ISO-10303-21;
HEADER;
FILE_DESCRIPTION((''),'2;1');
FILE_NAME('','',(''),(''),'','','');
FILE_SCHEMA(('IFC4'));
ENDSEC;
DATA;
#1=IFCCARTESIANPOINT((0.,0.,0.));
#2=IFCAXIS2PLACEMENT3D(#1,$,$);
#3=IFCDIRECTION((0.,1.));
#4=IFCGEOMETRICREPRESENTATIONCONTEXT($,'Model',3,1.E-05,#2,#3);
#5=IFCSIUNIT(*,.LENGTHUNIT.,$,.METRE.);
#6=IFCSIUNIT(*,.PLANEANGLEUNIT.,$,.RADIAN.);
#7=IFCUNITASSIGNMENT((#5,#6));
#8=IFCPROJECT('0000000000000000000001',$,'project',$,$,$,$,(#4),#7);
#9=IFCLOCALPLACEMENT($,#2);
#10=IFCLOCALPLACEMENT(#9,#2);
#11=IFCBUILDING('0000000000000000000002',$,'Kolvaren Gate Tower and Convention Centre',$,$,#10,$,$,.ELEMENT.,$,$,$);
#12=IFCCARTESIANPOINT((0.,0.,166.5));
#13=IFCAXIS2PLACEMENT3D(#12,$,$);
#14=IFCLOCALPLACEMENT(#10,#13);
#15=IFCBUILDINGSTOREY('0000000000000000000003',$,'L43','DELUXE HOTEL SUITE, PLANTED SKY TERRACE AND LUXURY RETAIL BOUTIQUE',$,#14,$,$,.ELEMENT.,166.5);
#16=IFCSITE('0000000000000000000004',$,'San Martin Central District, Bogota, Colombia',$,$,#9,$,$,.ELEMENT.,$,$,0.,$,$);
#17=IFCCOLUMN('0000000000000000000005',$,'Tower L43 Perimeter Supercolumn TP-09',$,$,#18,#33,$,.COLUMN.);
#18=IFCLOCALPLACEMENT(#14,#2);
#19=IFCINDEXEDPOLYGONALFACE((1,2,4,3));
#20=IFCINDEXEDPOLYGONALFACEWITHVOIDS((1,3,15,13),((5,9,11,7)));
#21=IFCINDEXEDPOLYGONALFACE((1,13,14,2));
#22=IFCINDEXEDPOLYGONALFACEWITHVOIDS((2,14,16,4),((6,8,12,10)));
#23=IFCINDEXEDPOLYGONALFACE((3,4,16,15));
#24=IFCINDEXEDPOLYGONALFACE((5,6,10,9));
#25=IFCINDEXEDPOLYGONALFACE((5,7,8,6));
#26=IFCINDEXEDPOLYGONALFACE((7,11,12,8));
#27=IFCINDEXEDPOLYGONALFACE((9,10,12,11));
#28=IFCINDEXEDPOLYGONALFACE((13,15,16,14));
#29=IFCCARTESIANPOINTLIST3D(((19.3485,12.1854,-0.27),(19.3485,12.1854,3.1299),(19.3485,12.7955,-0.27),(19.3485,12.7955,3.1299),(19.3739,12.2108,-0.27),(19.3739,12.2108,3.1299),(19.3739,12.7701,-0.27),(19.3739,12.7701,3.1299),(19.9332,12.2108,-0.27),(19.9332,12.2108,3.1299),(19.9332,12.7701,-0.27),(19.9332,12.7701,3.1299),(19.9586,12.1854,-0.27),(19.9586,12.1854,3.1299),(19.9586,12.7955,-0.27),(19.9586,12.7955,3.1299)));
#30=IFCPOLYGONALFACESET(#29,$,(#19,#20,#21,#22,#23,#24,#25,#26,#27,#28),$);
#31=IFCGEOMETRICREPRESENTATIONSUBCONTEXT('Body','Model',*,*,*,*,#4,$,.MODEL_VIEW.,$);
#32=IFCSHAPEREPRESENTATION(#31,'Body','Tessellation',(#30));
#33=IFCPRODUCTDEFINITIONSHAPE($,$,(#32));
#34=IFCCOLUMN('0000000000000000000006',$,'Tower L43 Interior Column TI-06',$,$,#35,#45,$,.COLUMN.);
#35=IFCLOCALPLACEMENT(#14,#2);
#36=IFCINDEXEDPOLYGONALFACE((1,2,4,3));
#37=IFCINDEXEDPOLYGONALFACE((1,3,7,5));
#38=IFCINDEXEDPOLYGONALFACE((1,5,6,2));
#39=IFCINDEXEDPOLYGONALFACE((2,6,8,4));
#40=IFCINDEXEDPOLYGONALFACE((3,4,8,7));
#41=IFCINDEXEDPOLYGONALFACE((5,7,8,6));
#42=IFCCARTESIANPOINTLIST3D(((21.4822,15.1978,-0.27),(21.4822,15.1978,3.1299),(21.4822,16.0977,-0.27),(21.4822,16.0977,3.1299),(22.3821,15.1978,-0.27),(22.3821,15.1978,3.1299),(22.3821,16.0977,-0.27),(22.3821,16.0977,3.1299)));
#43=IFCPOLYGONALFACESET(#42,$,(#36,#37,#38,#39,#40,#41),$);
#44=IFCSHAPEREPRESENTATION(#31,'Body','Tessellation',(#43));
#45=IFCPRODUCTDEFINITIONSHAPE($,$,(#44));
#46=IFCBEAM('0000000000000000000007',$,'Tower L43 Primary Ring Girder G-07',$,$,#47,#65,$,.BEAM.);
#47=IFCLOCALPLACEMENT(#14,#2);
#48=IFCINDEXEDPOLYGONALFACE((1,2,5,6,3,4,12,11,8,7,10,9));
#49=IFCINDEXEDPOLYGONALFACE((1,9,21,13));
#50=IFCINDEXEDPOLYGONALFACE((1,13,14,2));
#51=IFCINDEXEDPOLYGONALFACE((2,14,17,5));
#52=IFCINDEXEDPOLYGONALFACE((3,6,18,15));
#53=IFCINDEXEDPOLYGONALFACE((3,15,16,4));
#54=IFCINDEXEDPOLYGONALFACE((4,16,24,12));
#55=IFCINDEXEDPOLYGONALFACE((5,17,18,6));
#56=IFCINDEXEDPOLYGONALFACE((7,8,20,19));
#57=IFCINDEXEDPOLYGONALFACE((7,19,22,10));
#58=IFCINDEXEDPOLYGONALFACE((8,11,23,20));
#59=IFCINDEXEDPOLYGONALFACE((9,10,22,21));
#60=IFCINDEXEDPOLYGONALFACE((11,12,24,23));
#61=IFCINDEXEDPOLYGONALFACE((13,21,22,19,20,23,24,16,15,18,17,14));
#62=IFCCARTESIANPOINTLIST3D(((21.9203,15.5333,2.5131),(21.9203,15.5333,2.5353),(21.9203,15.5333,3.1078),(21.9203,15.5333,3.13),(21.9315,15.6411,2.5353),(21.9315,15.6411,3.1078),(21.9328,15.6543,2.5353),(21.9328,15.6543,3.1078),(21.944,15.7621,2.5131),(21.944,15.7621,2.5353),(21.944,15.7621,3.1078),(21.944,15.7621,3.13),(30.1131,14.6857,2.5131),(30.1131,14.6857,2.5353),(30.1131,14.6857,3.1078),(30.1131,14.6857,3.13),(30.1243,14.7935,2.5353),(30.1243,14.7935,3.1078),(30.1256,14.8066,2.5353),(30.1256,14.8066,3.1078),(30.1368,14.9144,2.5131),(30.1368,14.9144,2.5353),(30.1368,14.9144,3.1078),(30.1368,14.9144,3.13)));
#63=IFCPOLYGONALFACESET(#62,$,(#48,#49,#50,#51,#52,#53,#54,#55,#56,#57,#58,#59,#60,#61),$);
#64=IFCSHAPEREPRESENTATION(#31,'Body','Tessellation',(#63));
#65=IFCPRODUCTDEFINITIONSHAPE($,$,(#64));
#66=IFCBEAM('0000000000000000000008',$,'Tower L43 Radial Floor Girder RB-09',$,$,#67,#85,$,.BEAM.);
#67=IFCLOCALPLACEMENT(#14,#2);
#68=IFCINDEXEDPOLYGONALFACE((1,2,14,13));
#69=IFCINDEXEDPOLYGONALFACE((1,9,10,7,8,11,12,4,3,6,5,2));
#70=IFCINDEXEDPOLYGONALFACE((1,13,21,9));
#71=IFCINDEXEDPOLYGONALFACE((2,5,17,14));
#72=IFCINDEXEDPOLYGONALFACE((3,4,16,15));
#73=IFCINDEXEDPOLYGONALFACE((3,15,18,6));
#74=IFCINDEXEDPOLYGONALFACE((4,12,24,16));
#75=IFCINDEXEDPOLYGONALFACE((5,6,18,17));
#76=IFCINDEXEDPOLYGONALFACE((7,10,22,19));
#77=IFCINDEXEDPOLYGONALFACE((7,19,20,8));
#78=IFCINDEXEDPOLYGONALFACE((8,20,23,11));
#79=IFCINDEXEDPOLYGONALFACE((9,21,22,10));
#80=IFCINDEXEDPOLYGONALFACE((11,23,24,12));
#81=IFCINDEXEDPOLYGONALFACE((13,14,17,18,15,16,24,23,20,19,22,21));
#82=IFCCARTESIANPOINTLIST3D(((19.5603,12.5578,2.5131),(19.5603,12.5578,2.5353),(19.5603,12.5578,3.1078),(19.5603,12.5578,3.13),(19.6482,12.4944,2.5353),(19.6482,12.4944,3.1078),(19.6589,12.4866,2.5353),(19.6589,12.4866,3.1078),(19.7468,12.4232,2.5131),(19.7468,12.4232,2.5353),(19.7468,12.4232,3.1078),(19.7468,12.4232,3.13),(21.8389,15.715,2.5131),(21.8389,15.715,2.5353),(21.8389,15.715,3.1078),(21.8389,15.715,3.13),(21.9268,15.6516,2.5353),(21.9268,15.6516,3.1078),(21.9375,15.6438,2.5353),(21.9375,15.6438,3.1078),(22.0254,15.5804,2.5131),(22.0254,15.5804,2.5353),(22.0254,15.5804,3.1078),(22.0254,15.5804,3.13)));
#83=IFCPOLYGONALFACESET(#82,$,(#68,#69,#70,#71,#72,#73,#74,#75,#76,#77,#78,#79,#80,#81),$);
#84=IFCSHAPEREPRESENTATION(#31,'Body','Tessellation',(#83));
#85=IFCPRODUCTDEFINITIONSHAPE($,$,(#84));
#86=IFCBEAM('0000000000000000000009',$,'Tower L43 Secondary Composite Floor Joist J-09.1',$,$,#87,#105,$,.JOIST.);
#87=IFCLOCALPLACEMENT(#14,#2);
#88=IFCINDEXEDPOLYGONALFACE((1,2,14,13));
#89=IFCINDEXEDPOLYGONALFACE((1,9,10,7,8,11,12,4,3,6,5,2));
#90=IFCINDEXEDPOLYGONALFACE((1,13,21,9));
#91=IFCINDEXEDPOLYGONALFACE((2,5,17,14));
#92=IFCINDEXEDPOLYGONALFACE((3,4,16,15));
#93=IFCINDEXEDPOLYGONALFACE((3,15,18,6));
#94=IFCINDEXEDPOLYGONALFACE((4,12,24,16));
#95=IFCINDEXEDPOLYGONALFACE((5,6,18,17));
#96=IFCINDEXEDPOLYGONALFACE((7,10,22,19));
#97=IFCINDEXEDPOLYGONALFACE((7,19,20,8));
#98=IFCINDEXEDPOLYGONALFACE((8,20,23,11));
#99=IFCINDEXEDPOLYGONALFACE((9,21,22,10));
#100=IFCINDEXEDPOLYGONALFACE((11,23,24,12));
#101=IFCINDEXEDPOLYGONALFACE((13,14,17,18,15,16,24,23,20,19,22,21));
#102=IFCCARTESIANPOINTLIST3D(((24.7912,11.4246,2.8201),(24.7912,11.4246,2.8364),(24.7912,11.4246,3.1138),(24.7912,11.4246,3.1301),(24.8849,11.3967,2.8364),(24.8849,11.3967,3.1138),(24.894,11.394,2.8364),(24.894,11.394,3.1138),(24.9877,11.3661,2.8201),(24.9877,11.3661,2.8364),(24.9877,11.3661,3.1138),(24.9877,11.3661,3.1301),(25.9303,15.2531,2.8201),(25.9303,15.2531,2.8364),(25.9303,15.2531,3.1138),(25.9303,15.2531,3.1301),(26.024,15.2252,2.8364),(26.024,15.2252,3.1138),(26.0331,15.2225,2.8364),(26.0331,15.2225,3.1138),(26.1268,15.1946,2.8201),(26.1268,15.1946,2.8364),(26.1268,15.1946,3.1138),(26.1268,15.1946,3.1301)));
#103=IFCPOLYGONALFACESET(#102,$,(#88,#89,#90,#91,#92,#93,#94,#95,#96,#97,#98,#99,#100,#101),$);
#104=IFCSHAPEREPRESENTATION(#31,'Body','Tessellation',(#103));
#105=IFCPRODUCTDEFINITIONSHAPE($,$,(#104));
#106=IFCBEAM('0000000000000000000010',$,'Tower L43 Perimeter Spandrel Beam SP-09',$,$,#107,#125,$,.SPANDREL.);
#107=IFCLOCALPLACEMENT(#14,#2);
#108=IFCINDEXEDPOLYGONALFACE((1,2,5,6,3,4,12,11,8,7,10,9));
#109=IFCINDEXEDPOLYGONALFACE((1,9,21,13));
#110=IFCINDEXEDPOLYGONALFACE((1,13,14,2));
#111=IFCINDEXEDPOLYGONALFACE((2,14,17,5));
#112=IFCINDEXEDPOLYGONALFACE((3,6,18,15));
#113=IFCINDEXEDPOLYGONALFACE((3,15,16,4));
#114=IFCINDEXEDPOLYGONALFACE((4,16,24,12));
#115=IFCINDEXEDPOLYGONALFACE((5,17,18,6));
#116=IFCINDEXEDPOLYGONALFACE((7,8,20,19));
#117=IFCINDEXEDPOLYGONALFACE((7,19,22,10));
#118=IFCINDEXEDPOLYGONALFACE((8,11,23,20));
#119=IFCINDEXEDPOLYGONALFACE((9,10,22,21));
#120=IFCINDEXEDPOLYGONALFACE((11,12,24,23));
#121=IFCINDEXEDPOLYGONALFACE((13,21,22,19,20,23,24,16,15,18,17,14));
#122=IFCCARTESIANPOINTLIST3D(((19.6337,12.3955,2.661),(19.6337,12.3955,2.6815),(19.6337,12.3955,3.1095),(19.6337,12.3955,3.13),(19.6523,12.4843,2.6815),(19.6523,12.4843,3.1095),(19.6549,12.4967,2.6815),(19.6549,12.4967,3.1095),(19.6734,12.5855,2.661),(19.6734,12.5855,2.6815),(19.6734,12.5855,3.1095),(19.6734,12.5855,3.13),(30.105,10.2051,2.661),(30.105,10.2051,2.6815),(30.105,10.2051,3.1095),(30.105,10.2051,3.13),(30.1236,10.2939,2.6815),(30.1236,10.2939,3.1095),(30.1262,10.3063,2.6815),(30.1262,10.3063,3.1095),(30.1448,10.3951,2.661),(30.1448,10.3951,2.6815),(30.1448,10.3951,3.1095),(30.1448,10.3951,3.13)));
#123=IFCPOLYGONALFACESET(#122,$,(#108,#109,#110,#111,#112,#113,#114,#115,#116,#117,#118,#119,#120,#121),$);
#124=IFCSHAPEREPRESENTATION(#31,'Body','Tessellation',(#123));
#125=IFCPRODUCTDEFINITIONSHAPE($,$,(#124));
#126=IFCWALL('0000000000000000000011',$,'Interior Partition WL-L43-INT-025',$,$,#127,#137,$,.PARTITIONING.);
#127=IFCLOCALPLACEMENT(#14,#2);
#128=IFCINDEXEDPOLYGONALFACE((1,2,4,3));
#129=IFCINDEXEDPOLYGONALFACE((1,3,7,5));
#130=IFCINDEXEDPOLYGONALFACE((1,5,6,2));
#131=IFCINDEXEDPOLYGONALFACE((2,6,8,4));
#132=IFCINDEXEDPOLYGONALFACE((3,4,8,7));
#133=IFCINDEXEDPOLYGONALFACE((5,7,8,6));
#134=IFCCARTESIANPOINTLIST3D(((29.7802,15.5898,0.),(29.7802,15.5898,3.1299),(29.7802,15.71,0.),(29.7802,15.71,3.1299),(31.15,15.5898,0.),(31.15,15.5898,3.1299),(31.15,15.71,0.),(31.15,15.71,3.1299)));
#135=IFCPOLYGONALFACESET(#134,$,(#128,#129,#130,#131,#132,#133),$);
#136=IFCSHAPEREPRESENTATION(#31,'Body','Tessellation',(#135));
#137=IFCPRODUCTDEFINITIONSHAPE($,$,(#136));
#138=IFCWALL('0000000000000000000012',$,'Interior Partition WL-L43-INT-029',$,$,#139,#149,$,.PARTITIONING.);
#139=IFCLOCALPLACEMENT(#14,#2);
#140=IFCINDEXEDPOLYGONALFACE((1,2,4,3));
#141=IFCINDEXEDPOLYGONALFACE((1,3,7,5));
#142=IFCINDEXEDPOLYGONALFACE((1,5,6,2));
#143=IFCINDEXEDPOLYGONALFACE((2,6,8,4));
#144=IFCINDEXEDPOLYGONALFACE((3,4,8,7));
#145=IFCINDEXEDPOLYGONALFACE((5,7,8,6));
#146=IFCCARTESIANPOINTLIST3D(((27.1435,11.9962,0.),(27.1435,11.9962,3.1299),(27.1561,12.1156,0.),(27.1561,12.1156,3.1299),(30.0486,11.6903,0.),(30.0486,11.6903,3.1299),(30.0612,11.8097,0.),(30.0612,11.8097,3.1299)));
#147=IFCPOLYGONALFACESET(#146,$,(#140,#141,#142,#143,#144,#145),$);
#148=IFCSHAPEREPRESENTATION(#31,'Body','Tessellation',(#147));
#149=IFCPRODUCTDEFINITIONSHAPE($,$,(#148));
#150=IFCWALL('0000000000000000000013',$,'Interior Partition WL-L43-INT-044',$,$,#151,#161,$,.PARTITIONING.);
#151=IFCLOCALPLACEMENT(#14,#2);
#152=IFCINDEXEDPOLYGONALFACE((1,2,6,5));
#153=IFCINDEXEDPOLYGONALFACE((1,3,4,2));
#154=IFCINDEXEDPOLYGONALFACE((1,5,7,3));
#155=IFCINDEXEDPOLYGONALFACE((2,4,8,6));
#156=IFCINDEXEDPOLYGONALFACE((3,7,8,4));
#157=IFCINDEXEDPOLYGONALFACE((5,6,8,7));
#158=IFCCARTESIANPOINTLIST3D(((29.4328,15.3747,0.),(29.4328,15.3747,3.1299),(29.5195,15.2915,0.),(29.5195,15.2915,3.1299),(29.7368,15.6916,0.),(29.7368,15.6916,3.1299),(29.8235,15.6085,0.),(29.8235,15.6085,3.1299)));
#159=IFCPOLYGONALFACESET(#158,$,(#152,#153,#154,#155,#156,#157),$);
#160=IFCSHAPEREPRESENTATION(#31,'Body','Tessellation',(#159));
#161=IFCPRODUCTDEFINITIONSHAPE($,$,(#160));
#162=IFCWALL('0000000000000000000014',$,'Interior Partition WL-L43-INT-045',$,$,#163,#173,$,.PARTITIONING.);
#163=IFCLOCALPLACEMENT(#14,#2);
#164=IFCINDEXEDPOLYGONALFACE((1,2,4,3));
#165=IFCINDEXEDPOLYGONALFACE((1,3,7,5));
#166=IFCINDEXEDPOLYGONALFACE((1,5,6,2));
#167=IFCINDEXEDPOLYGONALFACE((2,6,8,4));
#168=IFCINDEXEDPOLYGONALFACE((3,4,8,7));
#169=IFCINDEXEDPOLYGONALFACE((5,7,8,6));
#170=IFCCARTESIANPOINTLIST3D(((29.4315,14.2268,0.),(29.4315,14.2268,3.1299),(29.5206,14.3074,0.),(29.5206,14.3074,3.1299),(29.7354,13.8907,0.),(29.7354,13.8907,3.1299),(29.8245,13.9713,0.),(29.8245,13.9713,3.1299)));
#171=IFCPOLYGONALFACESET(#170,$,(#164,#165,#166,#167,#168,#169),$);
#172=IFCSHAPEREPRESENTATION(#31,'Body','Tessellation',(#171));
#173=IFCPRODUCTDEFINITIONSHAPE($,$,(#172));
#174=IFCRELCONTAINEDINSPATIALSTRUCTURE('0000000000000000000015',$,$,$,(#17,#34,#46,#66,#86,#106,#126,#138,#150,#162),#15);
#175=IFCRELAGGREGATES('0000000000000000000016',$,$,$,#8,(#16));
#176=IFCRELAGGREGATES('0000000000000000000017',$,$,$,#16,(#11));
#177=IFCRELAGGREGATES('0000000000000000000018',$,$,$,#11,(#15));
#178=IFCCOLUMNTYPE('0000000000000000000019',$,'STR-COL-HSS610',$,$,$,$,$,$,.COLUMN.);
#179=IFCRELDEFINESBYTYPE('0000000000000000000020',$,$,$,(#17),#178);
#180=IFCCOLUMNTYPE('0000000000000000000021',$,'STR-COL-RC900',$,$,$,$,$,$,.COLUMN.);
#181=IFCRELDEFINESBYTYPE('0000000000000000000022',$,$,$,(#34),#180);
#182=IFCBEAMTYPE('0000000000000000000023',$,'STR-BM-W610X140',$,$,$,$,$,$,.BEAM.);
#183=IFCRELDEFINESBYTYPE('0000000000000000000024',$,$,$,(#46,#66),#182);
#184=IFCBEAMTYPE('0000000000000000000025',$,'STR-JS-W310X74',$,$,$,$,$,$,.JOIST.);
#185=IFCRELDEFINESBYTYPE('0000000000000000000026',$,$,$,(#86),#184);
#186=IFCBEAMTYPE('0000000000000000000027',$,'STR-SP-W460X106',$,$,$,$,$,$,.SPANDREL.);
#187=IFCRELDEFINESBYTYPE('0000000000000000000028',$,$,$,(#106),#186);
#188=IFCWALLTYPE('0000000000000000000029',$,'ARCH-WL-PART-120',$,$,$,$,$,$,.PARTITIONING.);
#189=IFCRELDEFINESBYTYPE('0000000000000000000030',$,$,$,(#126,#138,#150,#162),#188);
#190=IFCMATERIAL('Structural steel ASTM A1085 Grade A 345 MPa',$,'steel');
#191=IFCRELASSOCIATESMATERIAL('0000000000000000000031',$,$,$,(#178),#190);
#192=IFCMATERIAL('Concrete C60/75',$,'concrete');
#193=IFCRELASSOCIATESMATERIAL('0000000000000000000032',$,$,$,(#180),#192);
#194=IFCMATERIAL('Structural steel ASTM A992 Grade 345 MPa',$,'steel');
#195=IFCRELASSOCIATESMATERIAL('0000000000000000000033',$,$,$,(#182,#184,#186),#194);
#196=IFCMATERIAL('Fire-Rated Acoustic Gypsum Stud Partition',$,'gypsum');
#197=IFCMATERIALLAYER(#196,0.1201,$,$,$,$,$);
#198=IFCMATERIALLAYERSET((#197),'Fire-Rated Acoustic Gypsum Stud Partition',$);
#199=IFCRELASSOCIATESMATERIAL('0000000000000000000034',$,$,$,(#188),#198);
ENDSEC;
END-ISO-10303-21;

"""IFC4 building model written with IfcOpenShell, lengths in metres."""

from ifc_helpers import new_model, si_unit, direction, frame, frame_2d, origin, origin_2d, place, context, subcontext, project, spatial, rectangle, hollow_rectangle, i_section, extrude, material, layer, layer_set, material_profile, profile_set, type_object, element, save


model = new_model("IFC4")

# Units and contexts
model_context = context("Model", 3, precision=1e-05, world=origin(), true_north=direction((0.0, 1.0)))
body_context = subcontext(model_context, "Body", "Model", "MODEL_VIEW")
ifc_project = project(units=[si_unit("LENGTHUNIT", "METRE"), si_unit("PLANEANGLEUNIT", "RADIAN")], contexts=[model_context])

# Site, building, storey
site_placement = place(None, origin())
site = spatial("IfcSite", under=ifc_project, at=site_placement, Name="San Martin Central District, Bogota, Colombia", CompositionType="ELEMENT", RefElevation=0.0)
building_placement = place(site_placement, origin())
building = spatial("IfcBuilding", under=site, at=building_placement, Name="Kolvaren Gate Tower and Convention Centre", CompositionType="ELEMENT")
storey_placement = place(building_placement, frame((0.0, 0.0, 166.5)))
storey = spatial("IfcBuildingStorey", under=building, at=storey_placement, Name="L43", Description="DELUXE HOTEL SUITE, PLANTED SKY TERRACE AND LUXURY RETAIL BOUTIQUE", CompositionType="ELEMENT", Elevation=166.5)

# Columns
ifc_material_1 = material(Name="Structural steel ASTM A1085 Grade A 345 MPa", Category="steel")
ifc_material_profile_1 = material_profile(ifc_material_1, hollow_rectangle(XDim=0.6101, YDim=0.6101, WallThickness=0.0254, at=origin_2d()), Name="HSS610X610X25.4")
ifc_profile_set_1 = profile_set([ifc_material_profile_1], Name="Structural steel ASTM A1085 Grade A 345 MPa")
column_type_1 = type_object("IfcColumnType", Name="STR-COL-HSS610", PredefinedType="COLUMN", material=ifc_profile_set_1)
column_1_placement = place(storey_placement, frame((19.6536, 12.4905, -0.27), z_axis=(0.0, 0.0, 1.0), x_axis=(1.0, 0.0, 0.0)))
element("IfcColumn", 1, at=column_1_placement, inside=storey, type_object=column_type_1, Name="Tower L43 Perimeter Supercolumn TP-09", PredefinedType="COLUMN", context=body_context, shape_type="SweptSolid", body=[
    extrude(hollow_rectangle(XDim=0.6101, YDim=0.6101, WallThickness=0.0254, at=origin_2d()), origin(), (0.0, 0.0, 1.0), 3.3999),
])
ifc_material_2 = material(Name="Concrete C60/75", Category="concrete")
ifc_material_profile_2 = material_profile(ifc_material_2, rectangle(XDim=0.8999, YDim=0.8999, at=origin_2d()), Name="RC-COL-900X900")
ifc_profile_set_2 = profile_set([ifc_material_profile_2], Name="Concrete C60/75")
column_type_2 = type_object("IfcColumnType", Name="STR-COL-RC900", PredefinedType="COLUMN", material=ifc_profile_set_2)
column_2_placement = place(storey_placement, frame((21.9321, 15.6477, -0.27), z_axis=(0.0, 0.0, 1.0), x_axis=(1.0, 0.0, 0.0)))
element("IfcColumn", 2, at=column_2_placement, inside=storey, type_object=column_type_2, Name="Tower L43 Interior Column TI-06", PredefinedType="COLUMN", context=body_context, shape_type="SweptSolid", body=[
    extrude(rectangle(XDim=0.8999, YDim=0.8999, at=origin_2d()), origin(), (0.0, 0.0, 1.0), 3.3999),
])

# Beams
ifc_material_3 = material(Name="Structural steel ASTM A992 Grade 345 MPa", Category="steel")
ifc_material_profile_3 = material_profile(ifc_material_3, i_section(OverallWidth=0.23, OverallDepth=0.6169, WebThickness=0.0132, FlangeThickness=0.0222, at=origin_2d()), Name="W610X140")
ifc_profile_set_3 = profile_set([ifc_material_profile_3], Name="Structural steel ASTM A992 Grade 345 MPa")
beam_type_1 = type_object("IfcBeamType", Name="STR-BM-W610X140", PredefinedType="BEAM", material=ifc_profile_set_3)
beam_1_placement = place(storey_placement, frame((21.9321, 15.6477, 2.8215), z_axis=(0.99469, -0.102913, 0.0), x_axis=(0.102913, 0.99469, 0.0)))
element("IfcBeam", 3, at=beam_1_placement, inside=storey, type_object=beam_type_1, Name="Tower L43 Primary Ring Girder G-07", PredefinedType="BEAM", context=body_context, shape_type="SweptSolid", body=[
    extrude(i_section(OverallWidth=0.23, OverallDepth=0.6169, WebThickness=0.0132, FlangeThickness=0.0222, at=origin_2d()), origin(), (0.0, 0.0, 1.0), 8.2366),
])
beam_2_placement = place(storey_placement, frame((21.9321, 15.6477, 2.8215), z_axis=(-0.585211, -0.810881, 0.0), x_axis=(0.810881, -0.585211, 0.0)))
element("IfcBeam", 4, at=beam_2_placement, inside=storey, type_object=beam_type_1, Name="Tower L43 Radial Floor Girder RB-09", PredefinedType="BEAM", context=body_context, shape_type="SweptSolid", body=[
    extrude(i_section(OverallWidth=0.23, OverallDepth=0.6169, WebThickness=0.0132, FlangeThickness=0.0222, at=origin_2d()), origin(), (0.0, 0.0, 1.0), 3.8936),
])
ifc_material_profile_4 = material_profile(ifc_material_3, i_section(OverallWidth=0.2051, OverallDepth=0.3101, WebThickness=0.0095, FlangeThickness=0.0164, at=origin_2d()), Name="W310X74")
ifc_profile_set_4 = profile_set([ifc_material_profile_4], Name="Structural steel ASTM A992 Grade 345 MPa")
beam_type_2 = type_object("IfcBeamType", Name="STR-JS-W310X74", PredefinedType="JOIST", material=ifc_profile_set_4)
beam_3_placement = place(storey_placement, frame((26.0286, 15.2239, 2.9751), z_axis=(-0.285183, -0.958473, 0.0), x_axis=(0.958473, -0.285183, 0.0)))
element("IfcBeam", 5, at=beam_3_placement, inside=storey, type_object=beam_type_2, Name="Tower L43 Secondary Composite Floor Joist J-09.1", PredefinedType="JOIST", context=body_context, shape_type="SweptSolid", body=[
    extrude(i_section(OverallWidth=0.2051, OverallDepth=0.3101, WebThickness=0.0095, FlangeThickness=0.0164, at=origin_2d()), origin(), (0.0, 0.0, 1.0), 3.9944),
])
ifc_material_profile_5 = material_profile(ifc_material_3, i_section(OverallWidth=0.1941, OverallDepth=0.469, WebThickness=0.0127, FlangeThickness=0.0205, at=origin_2d()), Name="W460X106")
ifc_profile_set_5 = profile_set([ifc_material_profile_5], Name="Structural steel ASTM A992 Grade 345 MPa")
beam_type_3 = type_object("IfcBeamType", Name="STR-SP-W460X106", PredefinedType="SPANDREL", material=ifc_profile_set_5)
beam_4_placement = place(storey_placement, frame((19.6536, 12.4905, 2.8955), z_axis=(0.978814, -0.20475, 0.0), x_axis=(0.20475, 0.978814, 0.0)))
element("IfcBeam", 6, at=beam_4_placement, inside=storey, type_object=beam_type_3, Name="Tower L43 Perimeter Spandrel Beam SP-09", PredefinedType="SPANDREL", context=body_context, shape_type="SweptSolid", body=[
    extrude(i_section(OverallWidth=0.1941, OverallDepth=0.469, WebThickness=0.0127, FlangeThickness=0.0205, at=origin_2d()), origin(), (0.0, 0.0, 1.0), 10.698),
])

# Walls
ifc_material_4 = material(Name="Fire-Rated Acoustic Gypsum Stud Partition", Category="gypsum")
ifc_layer_1 = layer(ifc_material_4, 0.1201)
ifc_layer_set_1 = layer_set([ifc_layer_1], Name="Fire-Rated Acoustic Gypsum Stud Partition")
wall_type_1 = type_object("IfcWallType", Name="ARCH-WL-PART-120", PredefinedType="PARTITIONING", material=ifc_layer_set_1)
wall_1_placement = place(storey_placement, frame((29.78, 15.6499, 0.0), z_axis=(0.0, 0.0, 1.0), x_axis=(1.0, 0.0, 0.0)))
element("IfcWall", 7, at=wall_1_placement, inside=storey, type_object=wall_type_1, Name="Interior Partition WL-L43-INT-025", PredefinedType="PARTITIONING", context=body_context, shape_type="SweptSolid", body=[
    extrude(rectangle(XDim=1.3699, YDim=0.1201, at=frame_2d((0.6851, 0.0))), origin(), (0.0, 0.0, 1.0), 3.1299),
])
wall_2_placement = place(storey_placement, frame((27.1499, 12.0559, 0.0), z_axis=(0.0, 0.0, 1.0), x_axis=(0.994501, -0.104724, 0.0)))
element("IfcWall", 8, at=wall_2_placement, inside=storey, type_object=wall_type_1, Name="Interior Partition WL-L43-INT-029", PredefinedType="PARTITIONING", context=body_context, shape_type="SweptSolid", body=[
    extrude(rectangle(XDim=2.9211, YDim=0.1201, at=frame_2d((1.4604, 0.0))), origin(), (0.0, 0.0, 1.0), 3.1299),
])
wall_3_placement = place(storey_placement, frame((29.4761, 15.333, 0.0), z_axis=(0.0, 0.0, 1.0), x_axis=(0.692219, 0.721687, 0.0)))
element("IfcWall", 9, at=wall_3_placement, inside=storey, type_object=wall_type_1, Name="Interior Partition WL-L43-INT-044", PredefinedType="PARTITIONING", context=body_context, shape_type="SweptSolid", body=[
    extrude(rectangle(XDim=0.4392, YDim=0.1201, at=frame_2d((0.2197, 0.0))), origin(), (0.0, 0.0, 1.0), 3.1299),
])
wall_4_placement = place(storey_placement, frame((29.4761, 14.2671, 0.0), z_axis=(0.0, 0.0, 1.0), x_axis=(0.670659, -0.741765, 0.0)))
element("IfcWall", 10, at=wall_4_placement, inside=storey, type_object=wall_type_1, Name="Interior Partition WL-L43-INT-045", PredefinedType="PARTITIONING", context=body_context, shape_type="SweptSolid", body=[
    extrude(rectangle(XDim=0.4531, YDim=0.1201, at=frame_2d((0.2266, 0.0))), origin(), (0.0, 0.0, 1.0), 3.1299),
])

save(model, "model.ifc")
